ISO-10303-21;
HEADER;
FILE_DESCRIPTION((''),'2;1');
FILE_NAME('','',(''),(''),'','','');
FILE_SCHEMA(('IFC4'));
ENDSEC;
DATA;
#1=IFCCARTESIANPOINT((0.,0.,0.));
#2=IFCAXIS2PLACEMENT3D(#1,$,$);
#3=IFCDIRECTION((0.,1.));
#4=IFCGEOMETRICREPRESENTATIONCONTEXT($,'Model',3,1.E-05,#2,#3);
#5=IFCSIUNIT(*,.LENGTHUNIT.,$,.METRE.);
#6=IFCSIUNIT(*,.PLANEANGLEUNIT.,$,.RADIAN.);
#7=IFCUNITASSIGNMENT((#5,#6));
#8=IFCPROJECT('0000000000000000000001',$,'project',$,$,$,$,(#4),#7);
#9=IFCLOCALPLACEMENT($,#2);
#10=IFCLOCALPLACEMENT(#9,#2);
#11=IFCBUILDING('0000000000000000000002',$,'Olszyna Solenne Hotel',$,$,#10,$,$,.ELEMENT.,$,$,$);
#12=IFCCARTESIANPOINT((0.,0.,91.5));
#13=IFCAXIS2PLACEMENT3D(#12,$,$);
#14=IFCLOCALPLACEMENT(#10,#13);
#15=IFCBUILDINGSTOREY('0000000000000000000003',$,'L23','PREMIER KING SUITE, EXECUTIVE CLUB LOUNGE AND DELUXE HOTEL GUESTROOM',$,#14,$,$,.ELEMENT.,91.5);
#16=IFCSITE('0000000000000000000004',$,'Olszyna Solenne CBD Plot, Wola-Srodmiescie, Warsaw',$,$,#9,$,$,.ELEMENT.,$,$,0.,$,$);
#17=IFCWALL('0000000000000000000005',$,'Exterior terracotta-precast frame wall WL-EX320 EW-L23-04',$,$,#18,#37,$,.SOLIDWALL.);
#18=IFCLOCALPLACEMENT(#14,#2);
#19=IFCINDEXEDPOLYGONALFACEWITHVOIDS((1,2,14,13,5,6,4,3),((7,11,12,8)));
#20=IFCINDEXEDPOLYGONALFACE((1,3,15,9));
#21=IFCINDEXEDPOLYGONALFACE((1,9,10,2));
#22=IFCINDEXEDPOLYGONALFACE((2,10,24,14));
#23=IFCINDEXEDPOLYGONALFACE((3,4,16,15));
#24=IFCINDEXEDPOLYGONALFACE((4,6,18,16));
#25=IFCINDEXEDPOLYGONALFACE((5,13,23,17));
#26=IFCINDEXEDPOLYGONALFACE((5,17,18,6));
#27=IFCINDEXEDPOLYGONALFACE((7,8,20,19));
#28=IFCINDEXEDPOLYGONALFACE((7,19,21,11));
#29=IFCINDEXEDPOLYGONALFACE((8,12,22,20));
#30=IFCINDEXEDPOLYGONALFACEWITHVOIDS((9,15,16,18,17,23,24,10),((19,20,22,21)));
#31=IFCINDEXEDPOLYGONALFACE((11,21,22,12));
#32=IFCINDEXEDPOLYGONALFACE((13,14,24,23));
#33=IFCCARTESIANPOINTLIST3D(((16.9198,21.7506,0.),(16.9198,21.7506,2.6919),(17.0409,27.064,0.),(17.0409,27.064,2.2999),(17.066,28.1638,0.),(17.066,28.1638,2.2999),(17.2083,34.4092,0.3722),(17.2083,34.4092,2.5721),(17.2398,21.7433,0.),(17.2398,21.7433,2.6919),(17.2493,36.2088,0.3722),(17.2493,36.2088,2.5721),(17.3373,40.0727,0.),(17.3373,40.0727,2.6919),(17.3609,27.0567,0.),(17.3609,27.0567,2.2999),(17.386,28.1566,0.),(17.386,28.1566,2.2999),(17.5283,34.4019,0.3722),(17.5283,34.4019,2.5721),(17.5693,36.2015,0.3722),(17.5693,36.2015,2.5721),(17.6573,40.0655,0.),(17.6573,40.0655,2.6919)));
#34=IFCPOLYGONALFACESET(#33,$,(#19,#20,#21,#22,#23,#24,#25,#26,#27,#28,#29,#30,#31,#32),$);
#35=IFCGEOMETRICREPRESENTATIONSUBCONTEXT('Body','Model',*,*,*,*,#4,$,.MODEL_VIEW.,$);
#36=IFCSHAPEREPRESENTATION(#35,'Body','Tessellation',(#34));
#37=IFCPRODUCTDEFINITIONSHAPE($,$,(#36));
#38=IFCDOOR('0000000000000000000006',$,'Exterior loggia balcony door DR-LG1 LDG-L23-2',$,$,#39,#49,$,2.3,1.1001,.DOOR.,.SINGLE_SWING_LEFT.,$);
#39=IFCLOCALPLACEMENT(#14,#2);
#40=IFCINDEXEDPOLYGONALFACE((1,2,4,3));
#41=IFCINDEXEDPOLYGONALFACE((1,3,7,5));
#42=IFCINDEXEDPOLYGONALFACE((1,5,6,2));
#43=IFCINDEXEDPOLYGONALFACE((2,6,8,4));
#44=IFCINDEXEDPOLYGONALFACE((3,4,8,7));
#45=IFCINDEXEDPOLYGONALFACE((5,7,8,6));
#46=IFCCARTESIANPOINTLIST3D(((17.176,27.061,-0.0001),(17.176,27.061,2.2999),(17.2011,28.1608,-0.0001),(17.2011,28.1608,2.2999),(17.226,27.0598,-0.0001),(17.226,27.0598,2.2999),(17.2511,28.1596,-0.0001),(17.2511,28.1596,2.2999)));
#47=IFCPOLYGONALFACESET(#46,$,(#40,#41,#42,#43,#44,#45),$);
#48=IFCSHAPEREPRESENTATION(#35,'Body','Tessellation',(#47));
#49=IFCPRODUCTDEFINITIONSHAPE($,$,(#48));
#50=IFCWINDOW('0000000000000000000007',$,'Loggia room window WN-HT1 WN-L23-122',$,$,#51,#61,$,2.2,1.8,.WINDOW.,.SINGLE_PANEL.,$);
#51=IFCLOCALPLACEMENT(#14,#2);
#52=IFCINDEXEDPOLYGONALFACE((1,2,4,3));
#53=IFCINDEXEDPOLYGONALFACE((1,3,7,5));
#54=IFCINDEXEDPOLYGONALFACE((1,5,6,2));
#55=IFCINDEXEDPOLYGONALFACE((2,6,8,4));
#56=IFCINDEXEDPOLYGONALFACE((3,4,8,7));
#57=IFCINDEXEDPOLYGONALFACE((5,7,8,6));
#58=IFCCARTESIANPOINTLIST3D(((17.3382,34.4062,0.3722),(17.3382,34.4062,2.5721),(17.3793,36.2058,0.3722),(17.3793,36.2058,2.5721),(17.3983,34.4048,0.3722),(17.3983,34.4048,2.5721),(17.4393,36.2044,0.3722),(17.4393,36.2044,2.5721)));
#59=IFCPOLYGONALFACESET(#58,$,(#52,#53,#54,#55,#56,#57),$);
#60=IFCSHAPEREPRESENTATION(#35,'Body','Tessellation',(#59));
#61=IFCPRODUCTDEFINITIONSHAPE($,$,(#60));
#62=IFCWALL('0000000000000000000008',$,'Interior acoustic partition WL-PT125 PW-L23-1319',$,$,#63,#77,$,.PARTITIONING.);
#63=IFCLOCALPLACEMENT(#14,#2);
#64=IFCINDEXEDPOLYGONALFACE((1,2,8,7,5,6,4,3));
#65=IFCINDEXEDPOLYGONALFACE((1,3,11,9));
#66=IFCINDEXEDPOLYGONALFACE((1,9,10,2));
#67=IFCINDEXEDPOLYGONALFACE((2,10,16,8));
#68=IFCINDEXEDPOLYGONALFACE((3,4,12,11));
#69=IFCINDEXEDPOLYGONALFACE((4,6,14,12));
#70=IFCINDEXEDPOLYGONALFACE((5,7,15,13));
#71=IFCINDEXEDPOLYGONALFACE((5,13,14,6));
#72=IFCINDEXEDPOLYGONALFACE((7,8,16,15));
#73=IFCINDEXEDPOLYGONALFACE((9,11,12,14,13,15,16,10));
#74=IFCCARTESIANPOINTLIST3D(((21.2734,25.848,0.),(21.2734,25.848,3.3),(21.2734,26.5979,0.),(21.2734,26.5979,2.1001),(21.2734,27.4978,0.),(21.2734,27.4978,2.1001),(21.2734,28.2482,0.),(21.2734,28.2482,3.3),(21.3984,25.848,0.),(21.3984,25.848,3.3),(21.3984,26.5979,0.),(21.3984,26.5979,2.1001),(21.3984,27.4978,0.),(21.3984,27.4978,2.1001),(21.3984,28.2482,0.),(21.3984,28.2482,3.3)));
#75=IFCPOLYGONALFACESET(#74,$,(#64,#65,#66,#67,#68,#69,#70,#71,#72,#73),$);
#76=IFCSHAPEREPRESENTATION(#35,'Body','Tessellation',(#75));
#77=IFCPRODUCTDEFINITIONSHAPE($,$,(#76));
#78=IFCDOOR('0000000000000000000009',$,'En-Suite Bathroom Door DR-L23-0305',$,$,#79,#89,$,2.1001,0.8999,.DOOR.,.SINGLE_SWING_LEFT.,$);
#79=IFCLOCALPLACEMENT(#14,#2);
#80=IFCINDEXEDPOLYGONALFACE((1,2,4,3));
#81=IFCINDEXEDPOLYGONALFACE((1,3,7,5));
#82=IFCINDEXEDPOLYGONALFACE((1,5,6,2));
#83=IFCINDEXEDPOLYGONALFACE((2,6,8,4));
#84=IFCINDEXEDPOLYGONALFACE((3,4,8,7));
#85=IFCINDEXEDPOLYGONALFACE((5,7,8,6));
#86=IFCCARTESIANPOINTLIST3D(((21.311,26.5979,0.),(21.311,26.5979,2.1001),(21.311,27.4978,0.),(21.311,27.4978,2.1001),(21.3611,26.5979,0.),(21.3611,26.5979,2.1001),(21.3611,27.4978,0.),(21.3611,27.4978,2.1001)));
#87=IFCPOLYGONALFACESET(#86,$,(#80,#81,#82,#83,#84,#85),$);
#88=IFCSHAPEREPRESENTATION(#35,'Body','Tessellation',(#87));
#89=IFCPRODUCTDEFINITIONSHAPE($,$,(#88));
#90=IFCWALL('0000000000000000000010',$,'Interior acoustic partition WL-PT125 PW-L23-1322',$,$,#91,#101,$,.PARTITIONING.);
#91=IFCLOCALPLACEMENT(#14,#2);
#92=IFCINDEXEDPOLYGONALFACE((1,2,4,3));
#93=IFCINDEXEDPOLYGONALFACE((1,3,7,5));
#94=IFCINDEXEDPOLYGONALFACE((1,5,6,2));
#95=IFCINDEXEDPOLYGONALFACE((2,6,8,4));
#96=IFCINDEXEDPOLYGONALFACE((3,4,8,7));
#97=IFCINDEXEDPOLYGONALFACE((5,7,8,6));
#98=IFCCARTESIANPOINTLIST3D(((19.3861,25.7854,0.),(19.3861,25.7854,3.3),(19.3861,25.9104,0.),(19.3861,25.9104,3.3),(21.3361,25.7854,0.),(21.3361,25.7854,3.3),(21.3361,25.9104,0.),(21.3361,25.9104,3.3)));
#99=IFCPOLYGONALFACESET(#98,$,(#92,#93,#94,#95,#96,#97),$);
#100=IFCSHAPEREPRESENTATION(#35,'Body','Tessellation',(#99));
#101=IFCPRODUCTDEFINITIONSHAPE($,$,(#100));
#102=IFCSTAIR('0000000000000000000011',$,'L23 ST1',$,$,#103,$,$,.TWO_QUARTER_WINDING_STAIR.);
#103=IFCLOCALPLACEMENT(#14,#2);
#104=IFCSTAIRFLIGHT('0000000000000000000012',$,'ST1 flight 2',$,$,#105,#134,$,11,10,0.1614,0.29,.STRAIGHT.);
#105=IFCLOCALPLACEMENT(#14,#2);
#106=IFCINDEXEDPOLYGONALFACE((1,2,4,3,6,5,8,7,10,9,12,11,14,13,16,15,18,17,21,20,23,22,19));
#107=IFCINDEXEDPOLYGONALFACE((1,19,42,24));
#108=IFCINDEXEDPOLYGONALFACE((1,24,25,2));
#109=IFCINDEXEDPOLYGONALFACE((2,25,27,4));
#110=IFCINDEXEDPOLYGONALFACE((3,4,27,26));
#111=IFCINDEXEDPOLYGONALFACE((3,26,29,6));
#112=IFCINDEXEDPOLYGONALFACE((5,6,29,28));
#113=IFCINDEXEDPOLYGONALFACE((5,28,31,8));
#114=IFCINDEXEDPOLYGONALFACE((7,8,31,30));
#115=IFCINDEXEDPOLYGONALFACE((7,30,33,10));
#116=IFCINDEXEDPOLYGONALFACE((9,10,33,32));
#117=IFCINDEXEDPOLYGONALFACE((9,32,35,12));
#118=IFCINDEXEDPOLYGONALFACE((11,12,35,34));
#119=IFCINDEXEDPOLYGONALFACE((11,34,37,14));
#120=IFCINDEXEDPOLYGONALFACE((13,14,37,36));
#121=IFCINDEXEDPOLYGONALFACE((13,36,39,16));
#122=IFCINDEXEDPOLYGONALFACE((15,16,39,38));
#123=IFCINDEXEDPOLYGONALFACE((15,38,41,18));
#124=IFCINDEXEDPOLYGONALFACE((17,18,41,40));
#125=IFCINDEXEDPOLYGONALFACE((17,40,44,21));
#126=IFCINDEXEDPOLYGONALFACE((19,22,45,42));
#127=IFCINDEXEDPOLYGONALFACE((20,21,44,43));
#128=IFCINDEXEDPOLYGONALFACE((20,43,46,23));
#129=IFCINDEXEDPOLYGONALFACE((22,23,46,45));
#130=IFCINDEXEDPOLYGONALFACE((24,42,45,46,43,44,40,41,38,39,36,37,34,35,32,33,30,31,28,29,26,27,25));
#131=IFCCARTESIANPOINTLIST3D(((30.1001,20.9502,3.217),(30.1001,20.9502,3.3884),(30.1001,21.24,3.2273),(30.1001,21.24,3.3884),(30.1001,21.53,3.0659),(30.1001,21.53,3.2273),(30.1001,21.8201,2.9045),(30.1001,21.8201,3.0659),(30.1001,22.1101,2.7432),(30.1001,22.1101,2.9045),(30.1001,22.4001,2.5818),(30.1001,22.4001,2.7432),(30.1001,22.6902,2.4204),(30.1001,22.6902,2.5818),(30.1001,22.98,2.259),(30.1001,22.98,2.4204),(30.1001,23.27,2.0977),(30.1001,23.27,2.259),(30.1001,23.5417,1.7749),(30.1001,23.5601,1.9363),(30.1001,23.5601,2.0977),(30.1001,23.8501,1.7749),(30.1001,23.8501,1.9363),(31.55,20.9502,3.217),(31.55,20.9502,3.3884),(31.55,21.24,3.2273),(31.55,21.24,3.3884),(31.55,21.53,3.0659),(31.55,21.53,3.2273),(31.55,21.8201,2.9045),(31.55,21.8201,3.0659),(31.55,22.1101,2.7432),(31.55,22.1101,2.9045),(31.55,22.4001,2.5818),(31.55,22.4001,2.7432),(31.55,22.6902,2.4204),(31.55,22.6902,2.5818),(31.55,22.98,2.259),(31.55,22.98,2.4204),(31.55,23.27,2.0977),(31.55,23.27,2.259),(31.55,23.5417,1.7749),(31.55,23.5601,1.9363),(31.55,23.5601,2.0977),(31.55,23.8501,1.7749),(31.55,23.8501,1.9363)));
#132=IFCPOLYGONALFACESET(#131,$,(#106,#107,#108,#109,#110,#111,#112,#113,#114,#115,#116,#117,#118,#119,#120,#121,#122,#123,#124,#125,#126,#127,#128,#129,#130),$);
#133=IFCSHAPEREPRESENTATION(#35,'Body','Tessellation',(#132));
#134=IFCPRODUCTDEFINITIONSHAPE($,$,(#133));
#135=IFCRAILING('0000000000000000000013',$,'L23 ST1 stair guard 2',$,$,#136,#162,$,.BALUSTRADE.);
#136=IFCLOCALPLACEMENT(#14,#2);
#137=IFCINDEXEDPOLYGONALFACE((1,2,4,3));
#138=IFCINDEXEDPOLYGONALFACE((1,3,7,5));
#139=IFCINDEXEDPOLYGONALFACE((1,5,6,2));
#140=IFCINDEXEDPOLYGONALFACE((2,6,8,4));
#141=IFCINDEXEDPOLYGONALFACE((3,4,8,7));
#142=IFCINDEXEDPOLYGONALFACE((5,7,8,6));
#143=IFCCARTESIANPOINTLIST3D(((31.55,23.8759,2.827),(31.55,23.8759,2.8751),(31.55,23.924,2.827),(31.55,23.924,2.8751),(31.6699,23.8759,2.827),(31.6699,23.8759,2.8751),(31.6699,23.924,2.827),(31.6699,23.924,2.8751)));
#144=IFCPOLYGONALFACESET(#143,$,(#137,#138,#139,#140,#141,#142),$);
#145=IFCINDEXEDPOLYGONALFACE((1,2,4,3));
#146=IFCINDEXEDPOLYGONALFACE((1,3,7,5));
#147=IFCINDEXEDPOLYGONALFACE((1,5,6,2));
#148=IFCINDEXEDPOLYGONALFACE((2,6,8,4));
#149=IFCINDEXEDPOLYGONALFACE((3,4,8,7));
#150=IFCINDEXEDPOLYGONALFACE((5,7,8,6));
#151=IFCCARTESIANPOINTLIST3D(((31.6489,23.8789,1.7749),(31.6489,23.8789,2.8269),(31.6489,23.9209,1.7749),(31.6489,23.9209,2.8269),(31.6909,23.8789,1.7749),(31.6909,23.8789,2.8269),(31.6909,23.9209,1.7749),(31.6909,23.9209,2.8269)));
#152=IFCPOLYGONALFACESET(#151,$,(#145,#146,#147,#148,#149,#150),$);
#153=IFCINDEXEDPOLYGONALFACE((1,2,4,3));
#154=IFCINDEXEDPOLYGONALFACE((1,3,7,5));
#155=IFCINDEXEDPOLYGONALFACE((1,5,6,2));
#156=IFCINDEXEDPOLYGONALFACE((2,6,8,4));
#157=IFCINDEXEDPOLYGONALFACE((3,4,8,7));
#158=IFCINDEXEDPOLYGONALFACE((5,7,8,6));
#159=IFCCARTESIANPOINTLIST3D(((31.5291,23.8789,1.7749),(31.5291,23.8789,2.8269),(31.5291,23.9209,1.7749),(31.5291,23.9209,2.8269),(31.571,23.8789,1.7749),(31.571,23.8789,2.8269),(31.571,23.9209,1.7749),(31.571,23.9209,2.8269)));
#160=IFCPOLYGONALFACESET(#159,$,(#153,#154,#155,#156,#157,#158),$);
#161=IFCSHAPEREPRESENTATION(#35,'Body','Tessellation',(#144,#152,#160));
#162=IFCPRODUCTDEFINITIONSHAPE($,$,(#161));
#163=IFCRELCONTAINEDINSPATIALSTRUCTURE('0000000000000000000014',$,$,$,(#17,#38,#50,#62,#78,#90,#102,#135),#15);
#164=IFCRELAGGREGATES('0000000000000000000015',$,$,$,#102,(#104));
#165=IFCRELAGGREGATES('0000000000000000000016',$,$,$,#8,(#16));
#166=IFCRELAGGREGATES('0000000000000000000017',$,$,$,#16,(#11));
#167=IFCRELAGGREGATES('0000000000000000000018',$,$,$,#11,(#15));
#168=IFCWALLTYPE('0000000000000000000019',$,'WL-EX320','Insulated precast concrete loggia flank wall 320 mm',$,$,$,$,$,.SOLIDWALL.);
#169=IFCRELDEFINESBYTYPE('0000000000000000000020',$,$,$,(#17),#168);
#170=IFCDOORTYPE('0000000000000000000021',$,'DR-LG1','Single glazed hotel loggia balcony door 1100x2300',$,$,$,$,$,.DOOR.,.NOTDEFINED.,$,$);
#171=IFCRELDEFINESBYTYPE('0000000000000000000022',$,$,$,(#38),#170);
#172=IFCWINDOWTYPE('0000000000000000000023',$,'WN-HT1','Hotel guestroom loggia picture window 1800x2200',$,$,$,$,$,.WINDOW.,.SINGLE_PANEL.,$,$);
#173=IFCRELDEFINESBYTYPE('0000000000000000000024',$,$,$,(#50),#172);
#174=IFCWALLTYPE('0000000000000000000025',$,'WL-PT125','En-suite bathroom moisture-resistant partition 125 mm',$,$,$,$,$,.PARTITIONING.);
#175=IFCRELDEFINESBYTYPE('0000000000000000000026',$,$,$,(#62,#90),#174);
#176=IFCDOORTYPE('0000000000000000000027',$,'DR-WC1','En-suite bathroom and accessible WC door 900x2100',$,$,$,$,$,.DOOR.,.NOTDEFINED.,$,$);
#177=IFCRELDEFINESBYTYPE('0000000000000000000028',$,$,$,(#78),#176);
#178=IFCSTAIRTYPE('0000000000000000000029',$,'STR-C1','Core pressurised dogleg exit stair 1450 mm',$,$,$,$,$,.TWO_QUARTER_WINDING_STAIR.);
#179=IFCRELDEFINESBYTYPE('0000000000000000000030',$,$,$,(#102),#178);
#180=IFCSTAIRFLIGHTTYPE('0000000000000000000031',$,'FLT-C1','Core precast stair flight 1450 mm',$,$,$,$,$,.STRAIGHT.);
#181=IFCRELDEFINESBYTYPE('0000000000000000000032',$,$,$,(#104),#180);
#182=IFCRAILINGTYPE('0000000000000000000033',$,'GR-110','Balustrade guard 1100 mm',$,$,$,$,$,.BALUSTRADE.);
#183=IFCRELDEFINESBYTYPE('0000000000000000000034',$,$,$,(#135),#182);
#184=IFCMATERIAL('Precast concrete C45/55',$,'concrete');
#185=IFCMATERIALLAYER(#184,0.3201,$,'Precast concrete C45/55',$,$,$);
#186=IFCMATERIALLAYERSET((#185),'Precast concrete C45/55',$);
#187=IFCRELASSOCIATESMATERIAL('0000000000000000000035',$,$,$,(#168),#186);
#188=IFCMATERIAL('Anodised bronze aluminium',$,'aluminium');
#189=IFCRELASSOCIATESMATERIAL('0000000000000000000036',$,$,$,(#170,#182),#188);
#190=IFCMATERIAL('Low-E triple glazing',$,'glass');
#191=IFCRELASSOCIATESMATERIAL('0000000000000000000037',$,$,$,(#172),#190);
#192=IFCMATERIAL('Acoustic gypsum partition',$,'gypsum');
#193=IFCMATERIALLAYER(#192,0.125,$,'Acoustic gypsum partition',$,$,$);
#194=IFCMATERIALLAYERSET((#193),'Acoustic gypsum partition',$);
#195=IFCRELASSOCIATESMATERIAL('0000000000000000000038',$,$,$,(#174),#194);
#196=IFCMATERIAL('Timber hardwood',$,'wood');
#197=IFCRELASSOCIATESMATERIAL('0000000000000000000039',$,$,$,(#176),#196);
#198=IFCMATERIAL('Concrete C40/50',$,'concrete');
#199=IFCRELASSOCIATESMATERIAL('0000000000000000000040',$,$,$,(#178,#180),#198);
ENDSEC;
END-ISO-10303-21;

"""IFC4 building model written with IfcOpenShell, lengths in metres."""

from ifc_helpers import new_model, si_unit, direction, frame, frame_2d, origin, origin_2d, place, context, subcontext, project, spatial, polyline, rectangle, outline, extrude, source, transform, mapped, material, layer, layer_set, type_object, type_shapes, element, fill, aggregate, save


model = new_model("IFC4")

# Units and contexts
model_context = context("Model", 3, precision=1e-05, world=origin(), true_north=direction((0.0, 1.0)))
body_context = subcontext(model_context, "Body", "Model", "MODEL_VIEW")
ifc_project = project(units=[si_unit("LENGTHUNIT", "METRE"), si_unit("PLANEANGLEUNIT", "RADIAN")], contexts=[model_context])

# Site, building, storey
site_placement = place(None, origin())
site = spatial("IfcSite", under=ifc_project, at=site_placement, Name="Olszyna Solenne CBD Plot, Wola-Srodmiescie, Warsaw", CompositionType="ELEMENT", RefElevation=0.0)
building_placement = place(site_placement, origin())
building = spatial("IfcBuilding", under=site, at=building_placement, Name="Olszyna Solenne Hotel", CompositionType="ELEMENT")
storey_placement = place(building_placement, frame((0.0, 0.0, 91.5)))
storey = spatial("IfcBuildingStorey", under=building, at=storey_placement, Name="L23", Description="PREMIER KING SUITE, EXECUTIVE CLUB LOUNGE AND DELUXE HOTEL GUESTROOM", CompositionType="ELEMENT", Elevation=91.5)

# Shared definitions
ifc_material_1 = material(Name="Anodised bronze aluminium", Category="aluminium")

# Wall, openings, door, window
ifc_material_2 = material(Name="Precast concrete C45/55", Category="concrete")
ifc_layer_1 = layer(ifc_material_2, 0.3201, Name="Precast concrete C45/55")
ifc_layer_set_1 = layer_set([ifc_layer_1], Name="Precast concrete C45/55")
wall_type_1 = type_object("IfcWallType", Name="WL-EX320", Description="Insulated precast concrete loggia flank wall 320 mm", PredefinedType="SOLIDWALL", material=ifc_layer_set_1)
wall_1_placement = place(storey_placement, frame((17.0798, 21.7468, 0.0), z_axis=(0.0, 0.0, 1.0), x_axis=(0.02278, 0.999741, 0.0)))
wall_1 = element("IfcWall", 1, at=wall_1_placement, inside=storey, type_object=wall_type_1, Name="Exterior terracotta-precast frame wall WL-EX320 EW-L23-04", PredefinedType="SOLIDWALL", context=body_context, shape_type="SweptSolid", body=[
    extrude(rectangle(XDim=18.3269, YDim=0.3201, at=frame_2d((9.1636, 0.0))), origin(), (0.0, 0.0, 1.0), 2.6919),
])
opening_1_placement = place(wall_1_placement, frame((5.3149, 0.0, 0.0)))
opening_1 = element("IfcOpeningElement", 2, at=opening_1_placement, cuts=wall_1, PredefinedType="OPENING", context=body_context, shape_type="SweptSolid", body=[
    extrude(rectangle(XDim=1.1001, YDim=2.3, at=frame_2d((0.55, 1.1499))), frame((0.0, 0.1699, 0.0), z_axis=(0.0, -1.0, 0.0), x_axis=(1.0, 0.0, 0.0)), (0.0, 0.0, 1.0), 0.3401),
])
opening_2_placement = place(wall_1_placement, frame((12.6621, 0.0, 0.3721)))
opening_2 = element("IfcOpeningElement", 3, at=opening_2_placement, cuts=wall_1, PredefinedType="OPENING", context=body_context, shape_type="SweptSolid", body=[
    extrude(rectangle(XDim=1.8, YDim=2.2, at=frame_2d((0.8999, 1.1001))), frame((0.0, 0.1699, 0.0), z_axis=(0.0, -1.0, 0.0), x_axis=(1.0, 0.0, 0.0)), (0.0, 0.0, 1.0), 0.3401),
])
door_type_1 = type_object("IfcDoorType", Name="DR-LG1", Description="Single glazed hotel loggia balcony door 1100x2300", OperationType="NOTDEFINED", PredefinedType="DOOR", material=ifc_material_1)
shared_shape_1 = source(origin(), body_context, "Body", "SweptSolid", [
    extrude(rectangle(XDim=1.1001, YDim=2.3, at=frame_2d((0.55, 1.1499))), frame((0.0, 0.0249, 0.0), z_axis=(0.0, -1.0, 0.0), x_axis=(1.0, 0.0, 0.0)), (0.0, 0.0, 1.0), 0.05),
])
type_shapes(door_type_1, [shared_shape_1])
door_1_placement = place(opening_1_placement, origin())
door_1 = element("IfcDoor", 4, at=door_1_placement, inside=storey, type_object=door_type_1, Name="Exterior loggia balcony door DR-LG1 LDG-L23-2", OperationType="SINGLE_SWING_LEFT", OverallHeight=2.3, OverallWidth=1.1001, PredefinedType="DOOR", context=body_context, shape_type="MappedRepresentation", body=[
    mapped(shared_shape_1, transform((0.0, 0.0, 0.0), x_axis=(1.0, 0.0, 0.0), y_axis=(0.0, 1.0, 0.0), z_axis=(0.0, 0.0, 1.0), scale=1.0)),
])
fill(opening_1, door_1)
ifc_material_3 = material(Name="Low-E triple glazing", Category="glass")
window_type = type_object("IfcWindowType", Name="WN-HT1", Description="Hotel guestroom loggia picture window 1800x2200", PartitioningType="SINGLE_PANEL", PredefinedType="WINDOW", material=ifc_material_3)
shared_shape_2 = source(origin(), body_context, "Body", "SweptSolid", [
    extrude(rectangle(XDim=1.8, YDim=2.2, at=frame_2d((0.8999, 1.1001))), frame((0.0, 0.03, 0.0), z_axis=(0.0, -1.0, 0.0), x_axis=(1.0, 0.0, 0.0)), (0.0, 0.0, 1.0), 0.0601),
])
type_shapes(window_type, [shared_shape_2])
window_placement = place(opening_2_placement, origin())
window = element("IfcWindow", 5, at=window_placement, inside=storey, type_object=window_type, Name="Loggia room window WN-HT1 WN-L23-122", OverallHeight=2.2, OverallWidth=1.8, PartitioningType="SINGLE_PANEL", PredefinedType="WINDOW", context=body_context, shape_type="MappedRepresentation", body=[
    mapped(shared_shape_2, transform((0.0, 0.0, 0.0), x_axis=(1.0, 0.0, 0.0), y_axis=(0.0, 1.0, 0.0), z_axis=(0.0, 0.0, 1.0), scale=1.0)),
])
fill(opening_2, window)

# Wall, opening, door
ifc_material_4 = material(Name="Acoustic gypsum partition", Category="gypsum")
ifc_layer_2 = layer(ifc_material_4, 0.125, Name="Acoustic gypsum partition")
ifc_layer_set_2 = layer_set([ifc_layer_2], Name="Acoustic gypsum partition")
wall_type_2 = type_object("IfcWallType", Name="WL-PT125", Description="En-suite bathroom moisture-resistant partition 125 mm", PredefinedType="PARTITIONING", material=ifc_layer_set_2)
wall_2_placement = place(storey_placement, frame((21.3359, 25.8479, 0.0), z_axis=(0.0, 0.0, 1.0), x_axis=(0.0, 1.0, 0.0)))
wall_2 = element("IfcWall", 6, at=wall_2_placement, inside=storey, type_object=wall_type_2, Name="Interior acoustic partition WL-PT125 PW-L23-1319", PredefinedType="PARTITIONING", context=body_context, shape_type="SweptSolid", body=[
    extrude(rectangle(XDim=2.4001, YDim=0.125, at=frame_2d((1.2002, 0.0))), origin(), (0.0, 0.0, 1.0), 3.3),
])
opening_3_placement = place(wall_2_placement, frame((0.75, 0.0, 0.0)))
opening_3 = element("IfcOpeningElement", 7, at=opening_3_placement, cuts=wall_2, PredefinedType="OPENING", context=body_context, shape_type="SweptSolid", body=[
    extrude(rectangle(XDim=0.8999, YDim=2.1001, at=frame_2d((0.45, 1.05))), frame((0.0, 0.0725, 0.0), z_axis=(0.0, -1.0, 0.0), x_axis=(1.0, 0.0, 0.0)), (0.0, 0.0, 1.0), 0.145),
])
ifc_material_5 = material(Name="Timber hardwood", Category="wood")
door_type_2 = type_object("IfcDoorType", Name="DR-WC1", Description="En-suite bathroom and accessible WC door 900x2100", OperationType="NOTDEFINED", PredefinedType="DOOR", material=ifc_material_5)
shared_shape_3 = source(origin(), body_context, "Body", "SweptSolid", [
    extrude(rectangle(XDim=0.8999, YDim=2.1001, at=frame_2d((0.45, 1.05))), frame((0.0, 0.0249, 0.0), z_axis=(0.0, -1.0, 0.0), x_axis=(1.0, 0.0, 0.0)), (0.0, 0.0, 1.0), 0.05),
])
type_shapes(door_type_2, [shared_shape_3])
door_2_placement = place(opening_3_placement, origin())
door_2 = element("IfcDoor", 8, at=door_2_placement, inside=storey, type_object=door_type_2, Name="En-Suite Bathroom Door DR-L23-0305", OperationType="SINGLE_SWING_LEFT", OverallHeight=2.1001, OverallWidth=0.8999, PredefinedType="DOOR", context=body_context, shape_type="MappedRepresentation", body=[
    mapped(shared_shape_3, transform((0.0, 0.0, 0.0), x_axis=(1.0, 0.0, 0.0), y_axis=(0.0, 1.0, 0.0), z_axis=(0.0, 0.0, 1.0), scale=1.0)),
])
fill(opening_3, door_2)

# Wall
wall_3_placement = place(storey_placement, frame((19.386, 25.8479, 0.0), z_axis=(0.0, 0.0, 1.0), x_axis=(1.0, 0.0, 0.0)))
element("IfcWall", 9, at=wall_3_placement, inside=storey, type_object=wall_type_2, Name="Interior acoustic partition WL-PT125 PW-L23-1322", PredefinedType="PARTITIONING", context=body_context, shape_type="SweptSolid", body=[
    extrude(rectangle(XDim=1.95, YDim=0.125, at=frame_2d((0.9751, 0.0))), origin(), (0.0, 0.0, 1.0), 3.3),
])

# Stair, stair flight
ifc_material_6 = material(Name="Concrete C40/50", Category="concrete")
stair_type = type_object("IfcStairType", Name="STR-C1", Description="Core pressurised dogleg exit stair 1450 mm", PredefinedType="TWO_QUARTER_WINDING_STAIR", material=ifc_material_6)
stair_placement = place(storey_placement, origin())
stair = element("IfcStair", 10, at=stair_placement, inside=storey, type_object=stair_type, Name="L23 ST1", PredefinedType="TWO_QUARTER_WINDING_STAIR")
stair_flight_type = type_object("IfcStairFlightType", Name="FLT-C1", Description="Core precast stair flight 1450 mm", PredefinedType="STRAIGHT", material=ifc_material_6)
stair_flight_placement = place(storey_placement, frame((30.825, 23.8501, 1.7749), z_axis=(0.0, 0.0, 1.0), x_axis=(0.0, -1.0, 0.0)))
stair_flight = element("IfcStairFlight", 11, at=stair_flight_placement, type_object=stair_flight_type, Name="ST1 flight 2", NumberOfRisers=11, NumberOfTreads=10, PredefinedType="STRAIGHT", RiserHeight=0.1614, TreadLength=0.29, context=body_context, shape_type="SweptSolid", body=[
    extrude(outline(polyline([(0.0, 0.0), (0.0, 0.1614), (0.29, 0.1614), (0.29, 0.3228), (0.5801, 0.3228), (0.5801, 0.4841), (0.8701, 0.4841), (0.8701, 0.6455), (1.1599, 0.6455), (1.1599, 0.8069), (1.45, 0.8069), (1.45, 0.9683), (1.74, 0.9683), (1.74, 1.1296), (2.03, 1.1296), (2.03, 1.291), (2.3201, 1.291), (2.3201, 1.4524), (2.6101, 1.4524), (2.6101, 1.6135), (2.8999, 1.6135), (2.8999, 1.7749), (2.8999, 1.4421), (0.3083, 0.0), (0.0, 0.0)])), frame((0.0, 0.7251, 0.0), z_axis=(0.0, -1.0, 0.0), x_axis=(1.0, 0.0, 0.0)), (0.0, 0.0, 1.0), 1.45),
])
aggregate(stair, [stair_flight])

# Railing
railing_type_1 = type_object("IfcRailingType", Name="GR-110", Description="Balustrade guard 1100 mm", PredefinedType="BALUSTRADE", material=ifc_material_1)
railing_1_placement = place(storey_placement, frame((31.6699, 23.8999, 1.7749)))
element("IfcRailing", 12, at=railing_1_placement, inside=storey, type_object=railing_type_1, Name="L23 ST1 stair guard 2", PredefinedType="BALUSTRADE", context=body_context, shape_type="SweptSolid", body=[
    extrude(rectangle(XDim=0.0481, YDim=0.0481, at=origin_2d()), frame((0.0, 0.0, 1.0762), z_axis=(-1.0, 0.0, 0.0), x_axis=(0.0, -1.0, 0.0)), (0.0, 0.0, 1.0), 0.1199),
    extrude(rectangle(XDim=0.042, YDim=0.042, at=origin_2d()), origin(), (0.0, 0.0, 1.0), 1.052),
    extrude(rectangle(XDim=0.042, YDim=0.042, at=origin_2d()), frame((-0.1199, 0.0, 0.0)), (0.0, 0.0, 1.0), 1.052),
])

save(model, "model.ifc")
